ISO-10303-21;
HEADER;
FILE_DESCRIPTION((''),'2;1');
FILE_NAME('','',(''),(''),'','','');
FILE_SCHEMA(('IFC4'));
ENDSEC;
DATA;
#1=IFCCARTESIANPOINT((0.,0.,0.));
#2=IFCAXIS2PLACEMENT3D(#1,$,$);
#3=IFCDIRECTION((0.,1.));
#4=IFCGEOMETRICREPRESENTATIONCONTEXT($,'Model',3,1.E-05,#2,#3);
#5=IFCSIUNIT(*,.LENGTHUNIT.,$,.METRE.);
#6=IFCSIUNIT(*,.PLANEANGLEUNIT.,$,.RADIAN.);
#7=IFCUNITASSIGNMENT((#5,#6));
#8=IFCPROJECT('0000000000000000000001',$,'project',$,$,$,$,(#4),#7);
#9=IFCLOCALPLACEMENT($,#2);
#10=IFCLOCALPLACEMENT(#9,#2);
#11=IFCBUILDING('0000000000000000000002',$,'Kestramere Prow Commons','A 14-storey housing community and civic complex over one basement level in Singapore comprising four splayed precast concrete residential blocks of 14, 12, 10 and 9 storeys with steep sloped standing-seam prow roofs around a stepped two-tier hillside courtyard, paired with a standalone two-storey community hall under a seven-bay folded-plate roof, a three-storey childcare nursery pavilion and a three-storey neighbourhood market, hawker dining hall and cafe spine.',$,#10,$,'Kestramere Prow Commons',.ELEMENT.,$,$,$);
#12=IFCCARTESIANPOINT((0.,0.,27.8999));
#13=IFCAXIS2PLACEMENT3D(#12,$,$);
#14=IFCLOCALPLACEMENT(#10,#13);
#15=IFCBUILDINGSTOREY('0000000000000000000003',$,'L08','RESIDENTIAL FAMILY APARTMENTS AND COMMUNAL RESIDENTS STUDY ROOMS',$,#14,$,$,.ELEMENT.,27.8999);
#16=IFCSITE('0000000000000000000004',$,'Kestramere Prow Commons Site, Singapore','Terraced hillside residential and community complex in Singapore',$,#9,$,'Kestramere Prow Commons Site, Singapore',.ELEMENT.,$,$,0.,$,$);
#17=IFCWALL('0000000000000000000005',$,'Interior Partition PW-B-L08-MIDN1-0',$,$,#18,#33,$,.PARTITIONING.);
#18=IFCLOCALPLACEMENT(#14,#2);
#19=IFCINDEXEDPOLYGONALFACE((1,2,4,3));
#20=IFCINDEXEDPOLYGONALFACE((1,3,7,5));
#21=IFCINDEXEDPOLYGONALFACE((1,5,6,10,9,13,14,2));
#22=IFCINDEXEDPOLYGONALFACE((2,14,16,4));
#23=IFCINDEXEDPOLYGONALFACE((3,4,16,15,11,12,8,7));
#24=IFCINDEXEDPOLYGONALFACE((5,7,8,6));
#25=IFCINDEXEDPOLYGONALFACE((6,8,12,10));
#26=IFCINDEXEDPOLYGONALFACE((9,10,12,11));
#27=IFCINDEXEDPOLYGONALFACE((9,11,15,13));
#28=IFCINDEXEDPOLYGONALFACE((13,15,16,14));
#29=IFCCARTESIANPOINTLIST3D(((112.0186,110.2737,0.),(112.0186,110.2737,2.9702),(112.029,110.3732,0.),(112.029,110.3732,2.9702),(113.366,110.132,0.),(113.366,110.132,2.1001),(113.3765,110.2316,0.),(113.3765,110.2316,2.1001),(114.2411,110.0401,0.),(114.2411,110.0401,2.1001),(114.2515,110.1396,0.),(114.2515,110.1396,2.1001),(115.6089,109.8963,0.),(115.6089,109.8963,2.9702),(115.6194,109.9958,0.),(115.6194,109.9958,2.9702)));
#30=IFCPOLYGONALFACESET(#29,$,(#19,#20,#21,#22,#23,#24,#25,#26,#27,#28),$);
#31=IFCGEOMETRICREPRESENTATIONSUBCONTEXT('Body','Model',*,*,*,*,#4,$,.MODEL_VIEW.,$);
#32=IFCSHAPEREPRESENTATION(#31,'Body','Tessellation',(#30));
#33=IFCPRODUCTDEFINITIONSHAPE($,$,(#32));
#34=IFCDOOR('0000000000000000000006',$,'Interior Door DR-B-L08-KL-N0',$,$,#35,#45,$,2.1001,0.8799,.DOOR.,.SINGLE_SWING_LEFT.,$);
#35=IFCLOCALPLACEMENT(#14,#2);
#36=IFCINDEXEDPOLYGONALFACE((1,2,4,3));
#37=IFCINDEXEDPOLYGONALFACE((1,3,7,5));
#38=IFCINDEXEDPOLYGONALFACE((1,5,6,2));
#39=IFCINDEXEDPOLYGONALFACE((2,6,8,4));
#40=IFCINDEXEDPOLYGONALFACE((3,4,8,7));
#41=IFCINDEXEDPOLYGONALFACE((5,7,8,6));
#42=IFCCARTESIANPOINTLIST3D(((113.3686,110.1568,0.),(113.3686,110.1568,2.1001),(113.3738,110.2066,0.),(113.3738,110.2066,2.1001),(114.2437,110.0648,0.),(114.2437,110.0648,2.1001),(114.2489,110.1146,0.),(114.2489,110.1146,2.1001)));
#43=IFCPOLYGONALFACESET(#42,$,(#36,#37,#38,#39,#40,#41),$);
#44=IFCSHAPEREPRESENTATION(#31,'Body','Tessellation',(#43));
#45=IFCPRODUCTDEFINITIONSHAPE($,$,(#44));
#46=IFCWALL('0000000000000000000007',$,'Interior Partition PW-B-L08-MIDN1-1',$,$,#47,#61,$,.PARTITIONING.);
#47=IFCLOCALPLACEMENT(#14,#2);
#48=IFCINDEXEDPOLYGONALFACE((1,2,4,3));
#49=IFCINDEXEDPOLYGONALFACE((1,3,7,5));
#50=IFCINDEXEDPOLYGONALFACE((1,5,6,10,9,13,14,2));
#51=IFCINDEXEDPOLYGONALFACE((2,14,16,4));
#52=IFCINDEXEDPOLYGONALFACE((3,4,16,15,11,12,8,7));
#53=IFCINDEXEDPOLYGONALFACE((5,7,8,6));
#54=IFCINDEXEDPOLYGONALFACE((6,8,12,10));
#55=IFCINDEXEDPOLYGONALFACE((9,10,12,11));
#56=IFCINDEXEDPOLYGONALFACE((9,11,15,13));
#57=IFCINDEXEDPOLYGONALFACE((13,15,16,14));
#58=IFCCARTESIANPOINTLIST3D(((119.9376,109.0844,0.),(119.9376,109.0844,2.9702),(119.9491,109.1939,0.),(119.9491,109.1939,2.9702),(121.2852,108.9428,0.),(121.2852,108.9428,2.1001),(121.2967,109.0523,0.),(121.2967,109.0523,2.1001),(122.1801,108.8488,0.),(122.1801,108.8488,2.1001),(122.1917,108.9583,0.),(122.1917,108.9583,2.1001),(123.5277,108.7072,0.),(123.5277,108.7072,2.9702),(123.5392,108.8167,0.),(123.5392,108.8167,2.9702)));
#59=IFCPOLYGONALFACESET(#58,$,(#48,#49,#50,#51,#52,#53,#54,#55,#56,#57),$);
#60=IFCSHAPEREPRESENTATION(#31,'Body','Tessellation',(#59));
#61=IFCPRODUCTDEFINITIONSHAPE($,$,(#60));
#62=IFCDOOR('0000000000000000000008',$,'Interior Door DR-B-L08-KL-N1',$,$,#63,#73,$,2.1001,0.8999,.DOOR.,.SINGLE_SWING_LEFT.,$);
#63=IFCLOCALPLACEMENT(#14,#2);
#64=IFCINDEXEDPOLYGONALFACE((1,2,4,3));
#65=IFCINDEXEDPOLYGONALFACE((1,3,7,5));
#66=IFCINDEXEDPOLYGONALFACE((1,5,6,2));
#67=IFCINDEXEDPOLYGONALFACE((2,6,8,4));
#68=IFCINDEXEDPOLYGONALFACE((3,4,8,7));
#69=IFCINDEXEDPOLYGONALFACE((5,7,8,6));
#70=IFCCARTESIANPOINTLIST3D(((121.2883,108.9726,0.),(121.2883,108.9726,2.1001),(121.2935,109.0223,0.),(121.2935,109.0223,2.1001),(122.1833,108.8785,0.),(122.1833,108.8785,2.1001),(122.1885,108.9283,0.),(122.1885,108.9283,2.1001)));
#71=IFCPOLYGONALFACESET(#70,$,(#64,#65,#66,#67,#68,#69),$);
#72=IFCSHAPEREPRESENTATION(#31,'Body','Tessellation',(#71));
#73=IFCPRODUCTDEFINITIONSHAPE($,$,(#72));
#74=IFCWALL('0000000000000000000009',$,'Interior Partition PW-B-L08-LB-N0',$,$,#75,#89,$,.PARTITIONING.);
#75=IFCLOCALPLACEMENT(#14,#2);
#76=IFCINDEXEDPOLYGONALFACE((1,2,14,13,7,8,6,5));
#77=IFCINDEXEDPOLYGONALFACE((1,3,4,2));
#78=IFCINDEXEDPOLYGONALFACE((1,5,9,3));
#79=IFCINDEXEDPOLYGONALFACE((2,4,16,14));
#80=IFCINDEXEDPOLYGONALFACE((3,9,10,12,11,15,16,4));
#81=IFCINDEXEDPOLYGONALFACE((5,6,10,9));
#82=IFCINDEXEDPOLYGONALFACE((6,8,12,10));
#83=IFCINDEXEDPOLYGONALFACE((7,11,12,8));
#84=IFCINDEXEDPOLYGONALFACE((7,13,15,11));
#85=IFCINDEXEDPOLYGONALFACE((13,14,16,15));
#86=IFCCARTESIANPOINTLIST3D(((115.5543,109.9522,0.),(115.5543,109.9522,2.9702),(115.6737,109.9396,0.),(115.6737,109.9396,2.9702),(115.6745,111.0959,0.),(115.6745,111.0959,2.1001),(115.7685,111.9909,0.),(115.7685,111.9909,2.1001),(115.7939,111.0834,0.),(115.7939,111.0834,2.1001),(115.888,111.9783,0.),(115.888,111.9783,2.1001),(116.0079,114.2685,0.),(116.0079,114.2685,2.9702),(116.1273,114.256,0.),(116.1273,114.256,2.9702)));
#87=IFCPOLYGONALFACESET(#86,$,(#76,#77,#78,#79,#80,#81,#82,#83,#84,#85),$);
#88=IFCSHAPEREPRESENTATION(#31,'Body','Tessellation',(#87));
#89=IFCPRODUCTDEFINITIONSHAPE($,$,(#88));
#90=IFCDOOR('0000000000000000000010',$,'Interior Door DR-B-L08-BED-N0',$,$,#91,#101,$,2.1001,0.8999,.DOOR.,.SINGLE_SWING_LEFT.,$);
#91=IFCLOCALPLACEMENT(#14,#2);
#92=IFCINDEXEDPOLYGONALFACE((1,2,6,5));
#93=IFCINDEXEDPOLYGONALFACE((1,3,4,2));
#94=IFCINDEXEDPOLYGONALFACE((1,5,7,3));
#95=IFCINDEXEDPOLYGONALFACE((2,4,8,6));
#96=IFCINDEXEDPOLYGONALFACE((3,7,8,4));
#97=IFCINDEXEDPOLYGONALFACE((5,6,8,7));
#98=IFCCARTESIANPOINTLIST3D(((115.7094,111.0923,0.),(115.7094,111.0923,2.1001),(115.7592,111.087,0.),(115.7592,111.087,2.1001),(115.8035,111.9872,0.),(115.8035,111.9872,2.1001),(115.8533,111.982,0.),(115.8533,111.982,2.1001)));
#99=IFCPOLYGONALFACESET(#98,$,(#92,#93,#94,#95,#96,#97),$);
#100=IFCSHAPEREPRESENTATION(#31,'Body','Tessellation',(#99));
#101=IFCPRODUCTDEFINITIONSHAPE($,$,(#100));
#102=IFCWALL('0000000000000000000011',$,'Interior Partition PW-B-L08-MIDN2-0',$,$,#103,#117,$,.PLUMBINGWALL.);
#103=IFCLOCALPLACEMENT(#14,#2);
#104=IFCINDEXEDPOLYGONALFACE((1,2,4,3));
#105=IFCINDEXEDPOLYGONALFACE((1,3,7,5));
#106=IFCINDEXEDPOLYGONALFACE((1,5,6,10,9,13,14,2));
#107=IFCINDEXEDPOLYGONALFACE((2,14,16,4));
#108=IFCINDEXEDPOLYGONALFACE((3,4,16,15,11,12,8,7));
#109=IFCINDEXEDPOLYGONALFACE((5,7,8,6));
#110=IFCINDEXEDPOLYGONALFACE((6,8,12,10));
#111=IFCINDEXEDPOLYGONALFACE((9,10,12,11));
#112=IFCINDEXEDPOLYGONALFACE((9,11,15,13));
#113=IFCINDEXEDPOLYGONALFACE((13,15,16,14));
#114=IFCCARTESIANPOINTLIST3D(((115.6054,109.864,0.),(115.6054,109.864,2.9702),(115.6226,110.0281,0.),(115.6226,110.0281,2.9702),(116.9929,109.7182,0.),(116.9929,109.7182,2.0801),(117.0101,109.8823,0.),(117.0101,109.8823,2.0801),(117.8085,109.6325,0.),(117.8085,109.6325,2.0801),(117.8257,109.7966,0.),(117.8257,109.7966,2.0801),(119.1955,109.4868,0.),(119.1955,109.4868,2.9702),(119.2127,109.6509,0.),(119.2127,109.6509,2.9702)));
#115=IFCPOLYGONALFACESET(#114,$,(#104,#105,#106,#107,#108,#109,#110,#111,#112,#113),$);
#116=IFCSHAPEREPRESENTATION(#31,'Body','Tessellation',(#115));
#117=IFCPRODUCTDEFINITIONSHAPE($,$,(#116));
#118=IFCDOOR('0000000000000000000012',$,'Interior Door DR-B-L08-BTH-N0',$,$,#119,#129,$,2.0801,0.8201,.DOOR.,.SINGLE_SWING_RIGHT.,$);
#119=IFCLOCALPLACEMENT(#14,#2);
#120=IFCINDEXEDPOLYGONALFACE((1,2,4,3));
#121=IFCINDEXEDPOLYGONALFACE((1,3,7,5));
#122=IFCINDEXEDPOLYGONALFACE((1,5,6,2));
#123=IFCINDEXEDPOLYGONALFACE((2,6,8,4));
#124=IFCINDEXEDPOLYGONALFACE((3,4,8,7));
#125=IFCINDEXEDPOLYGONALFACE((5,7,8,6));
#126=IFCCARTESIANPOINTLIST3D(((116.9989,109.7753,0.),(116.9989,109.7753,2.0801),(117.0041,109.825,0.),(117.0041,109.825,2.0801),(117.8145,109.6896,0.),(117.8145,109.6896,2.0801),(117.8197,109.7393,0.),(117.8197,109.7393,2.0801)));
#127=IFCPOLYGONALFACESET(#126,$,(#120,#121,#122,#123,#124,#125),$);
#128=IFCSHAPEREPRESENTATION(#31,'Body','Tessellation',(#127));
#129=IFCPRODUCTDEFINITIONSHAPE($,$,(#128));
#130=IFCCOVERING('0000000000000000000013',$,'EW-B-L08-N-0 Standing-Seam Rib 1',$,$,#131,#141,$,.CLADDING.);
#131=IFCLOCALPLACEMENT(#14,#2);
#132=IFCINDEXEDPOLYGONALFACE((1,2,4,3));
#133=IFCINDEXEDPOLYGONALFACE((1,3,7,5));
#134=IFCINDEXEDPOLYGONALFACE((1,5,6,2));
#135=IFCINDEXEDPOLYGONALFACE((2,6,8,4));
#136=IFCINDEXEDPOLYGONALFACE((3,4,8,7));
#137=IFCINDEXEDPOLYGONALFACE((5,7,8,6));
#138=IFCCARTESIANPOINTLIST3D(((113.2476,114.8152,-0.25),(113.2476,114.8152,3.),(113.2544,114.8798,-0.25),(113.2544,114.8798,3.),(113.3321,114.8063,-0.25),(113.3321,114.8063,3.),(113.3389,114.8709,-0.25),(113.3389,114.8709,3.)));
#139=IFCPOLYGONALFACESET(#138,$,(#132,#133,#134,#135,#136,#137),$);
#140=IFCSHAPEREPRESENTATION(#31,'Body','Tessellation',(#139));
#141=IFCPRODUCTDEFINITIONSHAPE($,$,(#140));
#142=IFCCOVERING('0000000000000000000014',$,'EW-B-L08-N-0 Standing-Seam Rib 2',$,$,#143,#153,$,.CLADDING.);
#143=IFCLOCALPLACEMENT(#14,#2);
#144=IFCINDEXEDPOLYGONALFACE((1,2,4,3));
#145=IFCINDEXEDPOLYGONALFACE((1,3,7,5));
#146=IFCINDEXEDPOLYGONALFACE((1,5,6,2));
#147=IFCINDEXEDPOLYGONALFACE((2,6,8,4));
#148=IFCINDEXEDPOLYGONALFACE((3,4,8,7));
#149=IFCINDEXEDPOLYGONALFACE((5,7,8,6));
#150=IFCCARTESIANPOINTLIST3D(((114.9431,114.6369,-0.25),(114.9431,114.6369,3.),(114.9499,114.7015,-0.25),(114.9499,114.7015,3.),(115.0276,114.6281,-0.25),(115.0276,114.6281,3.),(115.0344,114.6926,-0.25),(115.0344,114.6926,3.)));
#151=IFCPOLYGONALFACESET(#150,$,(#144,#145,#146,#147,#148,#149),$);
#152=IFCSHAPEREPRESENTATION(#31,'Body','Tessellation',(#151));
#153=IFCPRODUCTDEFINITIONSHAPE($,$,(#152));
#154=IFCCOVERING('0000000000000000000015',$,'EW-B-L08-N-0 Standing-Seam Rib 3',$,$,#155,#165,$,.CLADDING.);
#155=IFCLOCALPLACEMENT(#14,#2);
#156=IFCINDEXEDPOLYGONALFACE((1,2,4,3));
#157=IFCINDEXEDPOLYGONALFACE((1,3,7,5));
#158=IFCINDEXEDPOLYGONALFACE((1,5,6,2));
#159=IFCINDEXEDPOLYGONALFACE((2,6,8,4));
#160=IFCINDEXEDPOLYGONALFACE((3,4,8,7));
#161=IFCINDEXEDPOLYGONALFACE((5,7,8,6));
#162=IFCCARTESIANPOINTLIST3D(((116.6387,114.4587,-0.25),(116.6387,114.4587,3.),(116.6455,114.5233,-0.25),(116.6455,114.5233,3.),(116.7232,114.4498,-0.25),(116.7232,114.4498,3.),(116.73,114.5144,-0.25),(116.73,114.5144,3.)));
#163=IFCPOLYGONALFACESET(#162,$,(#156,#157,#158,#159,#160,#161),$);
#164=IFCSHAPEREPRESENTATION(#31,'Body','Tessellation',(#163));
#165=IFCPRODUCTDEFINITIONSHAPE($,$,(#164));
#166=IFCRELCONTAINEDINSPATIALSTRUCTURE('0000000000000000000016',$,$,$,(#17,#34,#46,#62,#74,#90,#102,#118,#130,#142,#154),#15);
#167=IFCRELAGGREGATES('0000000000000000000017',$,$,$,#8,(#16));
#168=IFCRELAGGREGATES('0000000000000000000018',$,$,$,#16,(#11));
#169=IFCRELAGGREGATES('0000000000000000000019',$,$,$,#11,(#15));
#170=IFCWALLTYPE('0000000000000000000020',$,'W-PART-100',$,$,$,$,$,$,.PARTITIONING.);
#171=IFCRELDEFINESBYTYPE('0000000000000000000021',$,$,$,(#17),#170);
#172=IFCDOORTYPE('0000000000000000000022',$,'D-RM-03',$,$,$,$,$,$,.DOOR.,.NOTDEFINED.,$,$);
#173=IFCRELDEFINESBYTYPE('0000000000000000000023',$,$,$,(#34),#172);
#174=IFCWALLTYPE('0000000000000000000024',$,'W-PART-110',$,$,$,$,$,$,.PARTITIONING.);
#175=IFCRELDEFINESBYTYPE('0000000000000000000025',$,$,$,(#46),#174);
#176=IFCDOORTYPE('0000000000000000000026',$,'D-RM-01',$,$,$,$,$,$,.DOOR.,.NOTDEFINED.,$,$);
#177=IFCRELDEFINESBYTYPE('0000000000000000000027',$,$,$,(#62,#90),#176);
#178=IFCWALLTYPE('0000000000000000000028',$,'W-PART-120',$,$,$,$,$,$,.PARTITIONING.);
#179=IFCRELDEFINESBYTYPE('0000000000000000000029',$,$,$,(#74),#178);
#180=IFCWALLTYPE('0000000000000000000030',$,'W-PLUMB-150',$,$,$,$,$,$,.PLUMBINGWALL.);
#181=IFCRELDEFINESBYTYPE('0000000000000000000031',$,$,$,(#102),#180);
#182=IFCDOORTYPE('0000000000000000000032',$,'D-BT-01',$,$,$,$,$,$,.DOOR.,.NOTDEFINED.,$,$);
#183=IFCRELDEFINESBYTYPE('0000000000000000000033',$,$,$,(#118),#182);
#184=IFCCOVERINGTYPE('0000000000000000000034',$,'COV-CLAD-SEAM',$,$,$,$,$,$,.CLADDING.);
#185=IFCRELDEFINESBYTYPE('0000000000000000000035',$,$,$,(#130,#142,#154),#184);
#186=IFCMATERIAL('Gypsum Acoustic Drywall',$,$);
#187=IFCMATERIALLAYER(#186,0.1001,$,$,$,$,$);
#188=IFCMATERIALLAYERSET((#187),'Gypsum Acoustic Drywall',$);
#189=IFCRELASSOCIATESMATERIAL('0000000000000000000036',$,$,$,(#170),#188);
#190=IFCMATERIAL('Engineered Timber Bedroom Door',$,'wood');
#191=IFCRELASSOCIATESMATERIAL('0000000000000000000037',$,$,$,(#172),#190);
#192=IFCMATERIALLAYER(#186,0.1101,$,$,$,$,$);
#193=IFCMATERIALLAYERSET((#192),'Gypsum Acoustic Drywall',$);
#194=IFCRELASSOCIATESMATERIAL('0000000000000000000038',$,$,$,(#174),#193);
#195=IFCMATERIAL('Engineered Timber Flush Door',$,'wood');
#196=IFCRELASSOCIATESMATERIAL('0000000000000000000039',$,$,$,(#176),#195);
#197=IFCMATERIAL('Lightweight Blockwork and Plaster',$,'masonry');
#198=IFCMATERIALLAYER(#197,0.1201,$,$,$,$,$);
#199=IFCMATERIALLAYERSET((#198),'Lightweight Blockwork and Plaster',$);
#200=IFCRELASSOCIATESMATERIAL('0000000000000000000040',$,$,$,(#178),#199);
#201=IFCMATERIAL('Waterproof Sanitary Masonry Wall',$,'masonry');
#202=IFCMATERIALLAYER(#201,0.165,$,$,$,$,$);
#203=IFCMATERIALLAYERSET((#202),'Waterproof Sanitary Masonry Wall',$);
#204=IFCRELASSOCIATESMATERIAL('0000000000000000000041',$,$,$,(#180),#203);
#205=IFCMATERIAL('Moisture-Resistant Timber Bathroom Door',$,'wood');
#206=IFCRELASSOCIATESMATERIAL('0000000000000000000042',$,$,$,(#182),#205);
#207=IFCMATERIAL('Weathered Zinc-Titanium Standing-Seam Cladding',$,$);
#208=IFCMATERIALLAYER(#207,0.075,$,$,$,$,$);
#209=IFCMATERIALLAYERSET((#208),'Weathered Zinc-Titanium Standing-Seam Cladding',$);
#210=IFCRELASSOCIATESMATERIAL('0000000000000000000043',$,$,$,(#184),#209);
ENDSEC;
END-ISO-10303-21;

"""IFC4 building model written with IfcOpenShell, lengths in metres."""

from ifc_helpers import new_model, si_unit, direction, frame, frame_2d, origin, origin_2d, place, context, subcontext, project, spatial, rectangle, extrude, material, layer, layer_set, type_object, element, fill, save


model = new_model("IFC4")

# Units and contexts
model_context = context("Model", 3, precision=1e-05, world=origin(), true_north=direction((0.0, 1.0)))
body_context = subcontext(model_context, "Body", "Model", "MODEL_VIEW")
ifc_project = project(units=[si_unit("LENGTHUNIT", "METRE"), si_unit("PLANEANGLEUNIT", "RADIAN")], contexts=[model_context])

# Site, building, storey
site_placement = place(None, origin())
site = spatial("IfcSite", under=ifc_project, at=site_placement, Name="Kestramere Prow Commons Site, Singapore", Description="Terraced hillside residential and community complex in Singapore", LongName="Kestramere Prow Commons Site, Singapore", CompositionType="ELEMENT", RefElevation=0.0)
building_placement = place(site_placement, origin())
building = spatial("IfcBuilding", under=site, at=building_placement, Name="Kestramere Prow Commons", Description="A 14-storey housing community and civic complex over one basement level in Singapore comprising four splayed precast concrete residential blocks of 14, 12, 10 and 9 storeys with steep sloped standing-seam prow roofs around a stepped two-tier hillside courtyard, paired with a standalone two-storey community hall under a seven-bay folded-plate roof, a three-storey childcare nursery pavilion and a three-storey neighbourhood market, hawker dining hall and cafe spine.", LongName="Kestramere Prow Commons", CompositionType="ELEMENT")
storey_placement = place(building_placement, frame((0.0, 0.0, 27.8999)))
storey = spatial("IfcBuildingStorey", under=building, at=storey_placement, Name="L08", Description="RESIDENTIAL FAMILY APARTMENTS AND COMMUNAL RESIDENTS STUDY ROOMS", CompositionType="ELEMENT", Elevation=27.8999)

# Walls, openings, doors
ifc_material_1 = material(Name="Gypsum Acoustic Drywall")
ifc_layer_1 = layer(ifc_material_1, 0.1001)
ifc_layer_set_1 = layer_set([ifc_layer_1], Name="Gypsum Acoustic Drywall")
wall_type_1 = type_object("IfcWallType", Name="W-PART-100", PredefinedType="PARTITIONING", material=ifc_layer_set_1)
wall_1_placement = place(storey_placement, frame((112.0237, 110.3235, 0.0), z_axis=(0.0, 0.0, 1.0), x_axis=(0.99452, -0.104551, 0.0)))
wall_1 = element("IfcWall", 1, at=wall_1_placement, inside=storey, type_object=wall_type_1, Name="Interior Partition PW-B-L08-MIDN1-0", PredefinedType="PARTITIONING", context=body_context, shape_type="SweptSolid", body=[
    extrude(rectangle(XDim=3.6101, YDim=0.1001, at=frame_2d((1.8052, 0.0))), origin(), (0.0, 0.0, 1.0), 2.9702),
])
opening_1_placement = place(wall_1_placement, frame((1.355, 0.0, 0.0)))
opening_1 = element("IfcOpeningElement", 2, at=opening_1_placement, cuts=wall_1, PredefinedType="OPENING", context=body_context, shape_type="SweptSolid", body=[
    extrude(rectangle(XDim=0.8799, YDim=2.1001, at=frame_2d((0.4399, 1.05))), frame((0.0, 0.0649, 0.0), z_axis=(0.0, -1.0, 0.0), x_axis=(1.0, 0.0, 0.0)), (0.0, 0.0, 1.0), 0.1301),
])
ifc_material_2 = material(Name="Engineered Timber Bedroom Door", Category="wood")
door_type_1 = type_object("IfcDoorType", Name="D-RM-03", OperationType="NOTDEFINED", PredefinedType="DOOR", material=ifc_material_2)
door_1_placement = place(opening_1_placement, origin())
door_1 = element("IfcDoor", 3, at=door_1_placement, inside=storey, type_object=door_type_1, Name="Interior Door DR-B-L08-KL-N0", OperationType="SINGLE_SWING_LEFT", OverallHeight=2.1001, OverallWidth=0.8799, PredefinedType="DOOR", context=body_context, shape_type="SweptSolid", body=[
    extrude(rectangle(XDim=0.8799, YDim=2.1001, at=frame_2d((0.4399, 1.05))), frame((0.0, 0.0249, 0.0), z_axis=(0.0, -1.0, 0.0), x_axis=(1.0, 0.0, 0.0)), (0.0, 0.0, 1.0), 0.05),
])
fill(opening_1, door_1)
ifc_layer_2 = layer(ifc_material_1, 0.1101)
ifc_layer_set_2 = layer_set([ifc_layer_2], Name="Gypsum Acoustic Drywall")
wall_type_2 = type_object("IfcWallType", Name="W-PART-110", PredefinedType="PARTITIONING", material=ifc_layer_set_2)
wall_2_placement = place(storey_placement, frame((119.9434, 109.1392, 0.0), z_axis=(0.0, 0.0, 1.0), x_axis=(0.994526, -0.104491, 0.0)))
wall_2 = element("IfcWall", 4, at=wall_2_placement, inside=storey, type_object=wall_type_2, Name="Interior Partition PW-B-L08-MIDN1-1", PredefinedType="PARTITIONING", context=body_context, shape_type="SweptSolid", body=[
    extrude(rectangle(XDim=3.6099, YDim=0.1101, at=frame_2d((1.8049, 0.0))), origin(), (0.0, 0.0, 1.0), 2.9702),
])
opening_2_placement = place(wall_2_placement, frame((1.355, 0.0, 0.0)))
opening_2 = element("IfcOpeningElement", 5, at=opening_2_placement, cuts=wall_2, PredefinedType="OPENING", context=body_context, shape_type="SweptSolid", body=[
    extrude(rectangle(XDim=0.8999, YDim=2.1001, at=frame_2d((0.45, 1.05))), frame((0.0, 0.0701, 0.0), z_axis=(0.0, -1.0, 0.0), x_axis=(1.0, 0.0, 0.0)), (0.0, 0.0, 1.0), 0.1401),
])
ifc_material_3 = material(Name="Engineered Timber Flush Door", Category="wood")
door_type_2 = type_object("IfcDoorType", Name="D-RM-01", OperationType="NOTDEFINED", PredefinedType="DOOR", material=ifc_material_3)
door_2_placement = place(opening_2_placement, origin())
door_2 = element("IfcDoor", 6, at=door_2_placement, inside=storey, type_object=door_type_2, Name="Interior Door DR-B-L08-KL-N1", OperationType="SINGLE_SWING_LEFT", OverallHeight=2.1001, OverallWidth=0.8999, PredefinedType="DOOR", context=body_context, shape_type="SweptSolid", body=[
    extrude(rectangle(XDim=0.8999, YDim=2.1001, at=frame_2d((0.45, 1.05))), frame((0.0, 0.0249, 0.0), z_axis=(0.0, -1.0, 0.0), x_axis=(1.0, 0.0, 0.0)), (0.0, 0.0, 1.0), 0.05),
])
fill(opening_2, door_2)
ifc_material_4 = material(Name="Lightweight Blockwork and Plaster", Category="masonry")
ifc_layer_3 = layer(ifc_material_4, 0.1201)
ifc_layer_set_3 = layer_set([ifc_layer_3], Name="Lightweight Blockwork and Plaster")
wall_type_3 = type_object("IfcWallType", Name="W-PART-120", PredefinedType="PARTITIONING", material=ifc_layer_set_3)
wall_3_placement = place(storey_placement, frame((115.614, 109.946, 0.0), z_axis=(0.0, 0.0, 1.0), x_axis=(0.104515, 0.994523, 0.0)))
wall_3 = element("IfcWall", 7, at=wall_3_placement, inside=storey, type_object=wall_type_3, Name="Interior Partition PW-B-L08-LB-N0", PredefinedType="PARTITIONING", context=body_context, shape_type="SweptSolid", body=[
    extrude(rectangle(XDim=4.3401, YDim=0.1201, at=frame_2d((2.1699, 0.0))), origin(), (0.0, 0.0, 1.0), 2.9702),
])
opening_3_placement = place(wall_3_placement, frame((1.1499, 0.0, 0.0)))
opening_3 = element("IfcOpeningElement", 8, at=opening_3_placement, cuts=wall_3, PredefinedType="OPENING", context=body_context, shape_type="SweptSolid", body=[
    extrude(rectangle(XDim=0.8999, YDim=2.1001, at=frame_2d((0.45, 1.05))), frame((0.0, 0.075, 0.0), z_axis=(0.0, -1.0, 0.0), x_axis=(1.0, 0.0, 0.0)), (0.0, 0.0, 1.0), 0.1501),
])
door_3_placement = place(opening_3_placement, origin())
door_3 = element("IfcDoor", 9, at=door_3_placement, inside=storey, type_object=door_type_2, Name="Interior Door DR-B-L08-BED-N0", OperationType="SINGLE_SWING_LEFT", OverallHeight=2.1001, OverallWidth=0.8999, PredefinedType="DOOR", context=body_context, shape_type="SweptSolid", body=[
    extrude(rectangle(XDim=0.8999, YDim=2.1001, at=frame_2d((0.45, 1.05))), frame((0.0, 0.0249, 0.0), z_axis=(0.0, -1.0, 0.0), x_axis=(1.0, 0.0, 0.0)), (0.0, 0.0, 1.0), 0.05),
])
fill(opening_3, door_3)
ifc_material_5 = material(Name="Waterproof Sanitary Masonry Wall", Category="masonry")
ifc_layer_4 = layer(ifc_material_5, 0.165)
ifc_layer_set_4 = layer_set([ifc_layer_4], Name="Waterproof Sanitary Masonry Wall")
wall_type_4 = type_object("IfcWallType", Name="W-PLUMB-150", PredefinedType="PLUMBINGWALL", material=ifc_layer_set_4)
wall_4_placement = place(storey_placement, frame((115.614, 109.946, 0.0), z_axis=(0.0, 0.0, 1.0), x_axis=(0.994526, -0.104491, 0.0)))
wall_4 = element("IfcWall", 10, at=wall_4_placement, inside=storey, type_object=wall_type_4, Name="Interior Partition PW-B-L08-MIDN2-0", PredefinedType="PLUMBINGWALL", context=body_context, shape_type="SweptSolid", body=[
    extrude(rectangle(XDim=3.6099, YDim=0.165, at=frame_2d((1.8049, 0.0))), origin(), (0.0, 0.0, 1.0), 2.9702),
])
opening_4_placement = place(wall_4_placement, frame((1.395, 0.0, 0.0)))
opening_4 = element("IfcOpeningElement", 11, at=opening_4_placement, cuts=wall_4, PredefinedType="OPENING", context=body_context, shape_type="SweptSolid", body=[
    extrude(rectangle(XDim=0.8201, YDim=2.0801, at=frame_2d((0.4102, 1.04))), frame((0.0, 0.0974, 0.0), z_axis=(0.0, -1.0, 0.0), x_axis=(1.0, 0.0, 0.0)), (0.0, 0.0, 1.0), 0.1951),
])
ifc_material_6 = material(Name="Moisture-Resistant Timber Bathroom Door", Category="wood")
door_type_3 = type_object("IfcDoorType", Name="D-BT-01", OperationType="NOTDEFINED", PredefinedType="DOOR", material=ifc_material_6)
door_4_placement = place(opening_4_placement, origin())
door_4 = element("IfcDoor", 12, at=door_4_placement, inside=storey, type_object=door_type_3, Name="Interior Door DR-B-L08-BTH-N0", OperationType="SINGLE_SWING_RIGHT", OverallHeight=2.0801, OverallWidth=0.8201, PredefinedType="DOOR", context=body_context, shape_type="SweptSolid", body=[
    extrude(rectangle(XDim=0.8201, YDim=2.0801, at=frame_2d((0.4102, 1.04))), frame((0.0, 0.0249, 0.0), z_axis=(0.0, -1.0, 0.0), x_axis=(1.0, 0.0, 0.0)), (0.0, 0.0, 1.0), 0.05),
])
fill(opening_4, door_4)

# Coverings
ifc_material_7 = material(Name="Weathered Zinc-Titanium Standing-Seam Cladding")
ifc_layer_5 = layer(ifc_material_7, 0.075)
ifc_layer_set_5 = layer_set([ifc_layer_5], Name="Weathered Zinc-Titanium Standing-Seam Cladding")
covering_type = type_object("IfcCoveringType", Name="COV-CLAD-SEAM", PredefinedType="CLADDING", material=ifc_layer_set_5)
for number, where, z_axis, x_axis, name in (
    (13, (113.2932, 114.843, -0.25), (0.0, 0.0, 1.0), (0.994522, -0.104528, 0.0), "EW-B-L08-N-0 Standing-Seam Rib 1"),
    (14, (114.9888, 114.6648, -0.25), (0.0, 0.0, 1.0), (0.994522, -0.104528, 0.0), "EW-B-L08-N-0 Standing-Seam Rib 2"),
    (15, (116.6843, 114.4866, -0.25), (0.0, 0.0, 1.0), (0.994522, -0.104528, 0.0), "EW-B-L08-N-0 Standing-Seam Rib 3"),
):
    element("IfcCovering", number, at=place(storey_placement, frame(where, z_axis=z_axis, x_axis=x_axis)), inside=storey, type_object=covering_type, Name=name, PredefinedType="CLADDING", context=body_context, shape_type="SweptSolid", body=[
        extrude(rectangle(XDim=0.085, YDim=0.0649, at=origin_2d()), origin(), (0.0, 0.0, 1.0), 3.25),
    ])

save(model, "model.ifc")
